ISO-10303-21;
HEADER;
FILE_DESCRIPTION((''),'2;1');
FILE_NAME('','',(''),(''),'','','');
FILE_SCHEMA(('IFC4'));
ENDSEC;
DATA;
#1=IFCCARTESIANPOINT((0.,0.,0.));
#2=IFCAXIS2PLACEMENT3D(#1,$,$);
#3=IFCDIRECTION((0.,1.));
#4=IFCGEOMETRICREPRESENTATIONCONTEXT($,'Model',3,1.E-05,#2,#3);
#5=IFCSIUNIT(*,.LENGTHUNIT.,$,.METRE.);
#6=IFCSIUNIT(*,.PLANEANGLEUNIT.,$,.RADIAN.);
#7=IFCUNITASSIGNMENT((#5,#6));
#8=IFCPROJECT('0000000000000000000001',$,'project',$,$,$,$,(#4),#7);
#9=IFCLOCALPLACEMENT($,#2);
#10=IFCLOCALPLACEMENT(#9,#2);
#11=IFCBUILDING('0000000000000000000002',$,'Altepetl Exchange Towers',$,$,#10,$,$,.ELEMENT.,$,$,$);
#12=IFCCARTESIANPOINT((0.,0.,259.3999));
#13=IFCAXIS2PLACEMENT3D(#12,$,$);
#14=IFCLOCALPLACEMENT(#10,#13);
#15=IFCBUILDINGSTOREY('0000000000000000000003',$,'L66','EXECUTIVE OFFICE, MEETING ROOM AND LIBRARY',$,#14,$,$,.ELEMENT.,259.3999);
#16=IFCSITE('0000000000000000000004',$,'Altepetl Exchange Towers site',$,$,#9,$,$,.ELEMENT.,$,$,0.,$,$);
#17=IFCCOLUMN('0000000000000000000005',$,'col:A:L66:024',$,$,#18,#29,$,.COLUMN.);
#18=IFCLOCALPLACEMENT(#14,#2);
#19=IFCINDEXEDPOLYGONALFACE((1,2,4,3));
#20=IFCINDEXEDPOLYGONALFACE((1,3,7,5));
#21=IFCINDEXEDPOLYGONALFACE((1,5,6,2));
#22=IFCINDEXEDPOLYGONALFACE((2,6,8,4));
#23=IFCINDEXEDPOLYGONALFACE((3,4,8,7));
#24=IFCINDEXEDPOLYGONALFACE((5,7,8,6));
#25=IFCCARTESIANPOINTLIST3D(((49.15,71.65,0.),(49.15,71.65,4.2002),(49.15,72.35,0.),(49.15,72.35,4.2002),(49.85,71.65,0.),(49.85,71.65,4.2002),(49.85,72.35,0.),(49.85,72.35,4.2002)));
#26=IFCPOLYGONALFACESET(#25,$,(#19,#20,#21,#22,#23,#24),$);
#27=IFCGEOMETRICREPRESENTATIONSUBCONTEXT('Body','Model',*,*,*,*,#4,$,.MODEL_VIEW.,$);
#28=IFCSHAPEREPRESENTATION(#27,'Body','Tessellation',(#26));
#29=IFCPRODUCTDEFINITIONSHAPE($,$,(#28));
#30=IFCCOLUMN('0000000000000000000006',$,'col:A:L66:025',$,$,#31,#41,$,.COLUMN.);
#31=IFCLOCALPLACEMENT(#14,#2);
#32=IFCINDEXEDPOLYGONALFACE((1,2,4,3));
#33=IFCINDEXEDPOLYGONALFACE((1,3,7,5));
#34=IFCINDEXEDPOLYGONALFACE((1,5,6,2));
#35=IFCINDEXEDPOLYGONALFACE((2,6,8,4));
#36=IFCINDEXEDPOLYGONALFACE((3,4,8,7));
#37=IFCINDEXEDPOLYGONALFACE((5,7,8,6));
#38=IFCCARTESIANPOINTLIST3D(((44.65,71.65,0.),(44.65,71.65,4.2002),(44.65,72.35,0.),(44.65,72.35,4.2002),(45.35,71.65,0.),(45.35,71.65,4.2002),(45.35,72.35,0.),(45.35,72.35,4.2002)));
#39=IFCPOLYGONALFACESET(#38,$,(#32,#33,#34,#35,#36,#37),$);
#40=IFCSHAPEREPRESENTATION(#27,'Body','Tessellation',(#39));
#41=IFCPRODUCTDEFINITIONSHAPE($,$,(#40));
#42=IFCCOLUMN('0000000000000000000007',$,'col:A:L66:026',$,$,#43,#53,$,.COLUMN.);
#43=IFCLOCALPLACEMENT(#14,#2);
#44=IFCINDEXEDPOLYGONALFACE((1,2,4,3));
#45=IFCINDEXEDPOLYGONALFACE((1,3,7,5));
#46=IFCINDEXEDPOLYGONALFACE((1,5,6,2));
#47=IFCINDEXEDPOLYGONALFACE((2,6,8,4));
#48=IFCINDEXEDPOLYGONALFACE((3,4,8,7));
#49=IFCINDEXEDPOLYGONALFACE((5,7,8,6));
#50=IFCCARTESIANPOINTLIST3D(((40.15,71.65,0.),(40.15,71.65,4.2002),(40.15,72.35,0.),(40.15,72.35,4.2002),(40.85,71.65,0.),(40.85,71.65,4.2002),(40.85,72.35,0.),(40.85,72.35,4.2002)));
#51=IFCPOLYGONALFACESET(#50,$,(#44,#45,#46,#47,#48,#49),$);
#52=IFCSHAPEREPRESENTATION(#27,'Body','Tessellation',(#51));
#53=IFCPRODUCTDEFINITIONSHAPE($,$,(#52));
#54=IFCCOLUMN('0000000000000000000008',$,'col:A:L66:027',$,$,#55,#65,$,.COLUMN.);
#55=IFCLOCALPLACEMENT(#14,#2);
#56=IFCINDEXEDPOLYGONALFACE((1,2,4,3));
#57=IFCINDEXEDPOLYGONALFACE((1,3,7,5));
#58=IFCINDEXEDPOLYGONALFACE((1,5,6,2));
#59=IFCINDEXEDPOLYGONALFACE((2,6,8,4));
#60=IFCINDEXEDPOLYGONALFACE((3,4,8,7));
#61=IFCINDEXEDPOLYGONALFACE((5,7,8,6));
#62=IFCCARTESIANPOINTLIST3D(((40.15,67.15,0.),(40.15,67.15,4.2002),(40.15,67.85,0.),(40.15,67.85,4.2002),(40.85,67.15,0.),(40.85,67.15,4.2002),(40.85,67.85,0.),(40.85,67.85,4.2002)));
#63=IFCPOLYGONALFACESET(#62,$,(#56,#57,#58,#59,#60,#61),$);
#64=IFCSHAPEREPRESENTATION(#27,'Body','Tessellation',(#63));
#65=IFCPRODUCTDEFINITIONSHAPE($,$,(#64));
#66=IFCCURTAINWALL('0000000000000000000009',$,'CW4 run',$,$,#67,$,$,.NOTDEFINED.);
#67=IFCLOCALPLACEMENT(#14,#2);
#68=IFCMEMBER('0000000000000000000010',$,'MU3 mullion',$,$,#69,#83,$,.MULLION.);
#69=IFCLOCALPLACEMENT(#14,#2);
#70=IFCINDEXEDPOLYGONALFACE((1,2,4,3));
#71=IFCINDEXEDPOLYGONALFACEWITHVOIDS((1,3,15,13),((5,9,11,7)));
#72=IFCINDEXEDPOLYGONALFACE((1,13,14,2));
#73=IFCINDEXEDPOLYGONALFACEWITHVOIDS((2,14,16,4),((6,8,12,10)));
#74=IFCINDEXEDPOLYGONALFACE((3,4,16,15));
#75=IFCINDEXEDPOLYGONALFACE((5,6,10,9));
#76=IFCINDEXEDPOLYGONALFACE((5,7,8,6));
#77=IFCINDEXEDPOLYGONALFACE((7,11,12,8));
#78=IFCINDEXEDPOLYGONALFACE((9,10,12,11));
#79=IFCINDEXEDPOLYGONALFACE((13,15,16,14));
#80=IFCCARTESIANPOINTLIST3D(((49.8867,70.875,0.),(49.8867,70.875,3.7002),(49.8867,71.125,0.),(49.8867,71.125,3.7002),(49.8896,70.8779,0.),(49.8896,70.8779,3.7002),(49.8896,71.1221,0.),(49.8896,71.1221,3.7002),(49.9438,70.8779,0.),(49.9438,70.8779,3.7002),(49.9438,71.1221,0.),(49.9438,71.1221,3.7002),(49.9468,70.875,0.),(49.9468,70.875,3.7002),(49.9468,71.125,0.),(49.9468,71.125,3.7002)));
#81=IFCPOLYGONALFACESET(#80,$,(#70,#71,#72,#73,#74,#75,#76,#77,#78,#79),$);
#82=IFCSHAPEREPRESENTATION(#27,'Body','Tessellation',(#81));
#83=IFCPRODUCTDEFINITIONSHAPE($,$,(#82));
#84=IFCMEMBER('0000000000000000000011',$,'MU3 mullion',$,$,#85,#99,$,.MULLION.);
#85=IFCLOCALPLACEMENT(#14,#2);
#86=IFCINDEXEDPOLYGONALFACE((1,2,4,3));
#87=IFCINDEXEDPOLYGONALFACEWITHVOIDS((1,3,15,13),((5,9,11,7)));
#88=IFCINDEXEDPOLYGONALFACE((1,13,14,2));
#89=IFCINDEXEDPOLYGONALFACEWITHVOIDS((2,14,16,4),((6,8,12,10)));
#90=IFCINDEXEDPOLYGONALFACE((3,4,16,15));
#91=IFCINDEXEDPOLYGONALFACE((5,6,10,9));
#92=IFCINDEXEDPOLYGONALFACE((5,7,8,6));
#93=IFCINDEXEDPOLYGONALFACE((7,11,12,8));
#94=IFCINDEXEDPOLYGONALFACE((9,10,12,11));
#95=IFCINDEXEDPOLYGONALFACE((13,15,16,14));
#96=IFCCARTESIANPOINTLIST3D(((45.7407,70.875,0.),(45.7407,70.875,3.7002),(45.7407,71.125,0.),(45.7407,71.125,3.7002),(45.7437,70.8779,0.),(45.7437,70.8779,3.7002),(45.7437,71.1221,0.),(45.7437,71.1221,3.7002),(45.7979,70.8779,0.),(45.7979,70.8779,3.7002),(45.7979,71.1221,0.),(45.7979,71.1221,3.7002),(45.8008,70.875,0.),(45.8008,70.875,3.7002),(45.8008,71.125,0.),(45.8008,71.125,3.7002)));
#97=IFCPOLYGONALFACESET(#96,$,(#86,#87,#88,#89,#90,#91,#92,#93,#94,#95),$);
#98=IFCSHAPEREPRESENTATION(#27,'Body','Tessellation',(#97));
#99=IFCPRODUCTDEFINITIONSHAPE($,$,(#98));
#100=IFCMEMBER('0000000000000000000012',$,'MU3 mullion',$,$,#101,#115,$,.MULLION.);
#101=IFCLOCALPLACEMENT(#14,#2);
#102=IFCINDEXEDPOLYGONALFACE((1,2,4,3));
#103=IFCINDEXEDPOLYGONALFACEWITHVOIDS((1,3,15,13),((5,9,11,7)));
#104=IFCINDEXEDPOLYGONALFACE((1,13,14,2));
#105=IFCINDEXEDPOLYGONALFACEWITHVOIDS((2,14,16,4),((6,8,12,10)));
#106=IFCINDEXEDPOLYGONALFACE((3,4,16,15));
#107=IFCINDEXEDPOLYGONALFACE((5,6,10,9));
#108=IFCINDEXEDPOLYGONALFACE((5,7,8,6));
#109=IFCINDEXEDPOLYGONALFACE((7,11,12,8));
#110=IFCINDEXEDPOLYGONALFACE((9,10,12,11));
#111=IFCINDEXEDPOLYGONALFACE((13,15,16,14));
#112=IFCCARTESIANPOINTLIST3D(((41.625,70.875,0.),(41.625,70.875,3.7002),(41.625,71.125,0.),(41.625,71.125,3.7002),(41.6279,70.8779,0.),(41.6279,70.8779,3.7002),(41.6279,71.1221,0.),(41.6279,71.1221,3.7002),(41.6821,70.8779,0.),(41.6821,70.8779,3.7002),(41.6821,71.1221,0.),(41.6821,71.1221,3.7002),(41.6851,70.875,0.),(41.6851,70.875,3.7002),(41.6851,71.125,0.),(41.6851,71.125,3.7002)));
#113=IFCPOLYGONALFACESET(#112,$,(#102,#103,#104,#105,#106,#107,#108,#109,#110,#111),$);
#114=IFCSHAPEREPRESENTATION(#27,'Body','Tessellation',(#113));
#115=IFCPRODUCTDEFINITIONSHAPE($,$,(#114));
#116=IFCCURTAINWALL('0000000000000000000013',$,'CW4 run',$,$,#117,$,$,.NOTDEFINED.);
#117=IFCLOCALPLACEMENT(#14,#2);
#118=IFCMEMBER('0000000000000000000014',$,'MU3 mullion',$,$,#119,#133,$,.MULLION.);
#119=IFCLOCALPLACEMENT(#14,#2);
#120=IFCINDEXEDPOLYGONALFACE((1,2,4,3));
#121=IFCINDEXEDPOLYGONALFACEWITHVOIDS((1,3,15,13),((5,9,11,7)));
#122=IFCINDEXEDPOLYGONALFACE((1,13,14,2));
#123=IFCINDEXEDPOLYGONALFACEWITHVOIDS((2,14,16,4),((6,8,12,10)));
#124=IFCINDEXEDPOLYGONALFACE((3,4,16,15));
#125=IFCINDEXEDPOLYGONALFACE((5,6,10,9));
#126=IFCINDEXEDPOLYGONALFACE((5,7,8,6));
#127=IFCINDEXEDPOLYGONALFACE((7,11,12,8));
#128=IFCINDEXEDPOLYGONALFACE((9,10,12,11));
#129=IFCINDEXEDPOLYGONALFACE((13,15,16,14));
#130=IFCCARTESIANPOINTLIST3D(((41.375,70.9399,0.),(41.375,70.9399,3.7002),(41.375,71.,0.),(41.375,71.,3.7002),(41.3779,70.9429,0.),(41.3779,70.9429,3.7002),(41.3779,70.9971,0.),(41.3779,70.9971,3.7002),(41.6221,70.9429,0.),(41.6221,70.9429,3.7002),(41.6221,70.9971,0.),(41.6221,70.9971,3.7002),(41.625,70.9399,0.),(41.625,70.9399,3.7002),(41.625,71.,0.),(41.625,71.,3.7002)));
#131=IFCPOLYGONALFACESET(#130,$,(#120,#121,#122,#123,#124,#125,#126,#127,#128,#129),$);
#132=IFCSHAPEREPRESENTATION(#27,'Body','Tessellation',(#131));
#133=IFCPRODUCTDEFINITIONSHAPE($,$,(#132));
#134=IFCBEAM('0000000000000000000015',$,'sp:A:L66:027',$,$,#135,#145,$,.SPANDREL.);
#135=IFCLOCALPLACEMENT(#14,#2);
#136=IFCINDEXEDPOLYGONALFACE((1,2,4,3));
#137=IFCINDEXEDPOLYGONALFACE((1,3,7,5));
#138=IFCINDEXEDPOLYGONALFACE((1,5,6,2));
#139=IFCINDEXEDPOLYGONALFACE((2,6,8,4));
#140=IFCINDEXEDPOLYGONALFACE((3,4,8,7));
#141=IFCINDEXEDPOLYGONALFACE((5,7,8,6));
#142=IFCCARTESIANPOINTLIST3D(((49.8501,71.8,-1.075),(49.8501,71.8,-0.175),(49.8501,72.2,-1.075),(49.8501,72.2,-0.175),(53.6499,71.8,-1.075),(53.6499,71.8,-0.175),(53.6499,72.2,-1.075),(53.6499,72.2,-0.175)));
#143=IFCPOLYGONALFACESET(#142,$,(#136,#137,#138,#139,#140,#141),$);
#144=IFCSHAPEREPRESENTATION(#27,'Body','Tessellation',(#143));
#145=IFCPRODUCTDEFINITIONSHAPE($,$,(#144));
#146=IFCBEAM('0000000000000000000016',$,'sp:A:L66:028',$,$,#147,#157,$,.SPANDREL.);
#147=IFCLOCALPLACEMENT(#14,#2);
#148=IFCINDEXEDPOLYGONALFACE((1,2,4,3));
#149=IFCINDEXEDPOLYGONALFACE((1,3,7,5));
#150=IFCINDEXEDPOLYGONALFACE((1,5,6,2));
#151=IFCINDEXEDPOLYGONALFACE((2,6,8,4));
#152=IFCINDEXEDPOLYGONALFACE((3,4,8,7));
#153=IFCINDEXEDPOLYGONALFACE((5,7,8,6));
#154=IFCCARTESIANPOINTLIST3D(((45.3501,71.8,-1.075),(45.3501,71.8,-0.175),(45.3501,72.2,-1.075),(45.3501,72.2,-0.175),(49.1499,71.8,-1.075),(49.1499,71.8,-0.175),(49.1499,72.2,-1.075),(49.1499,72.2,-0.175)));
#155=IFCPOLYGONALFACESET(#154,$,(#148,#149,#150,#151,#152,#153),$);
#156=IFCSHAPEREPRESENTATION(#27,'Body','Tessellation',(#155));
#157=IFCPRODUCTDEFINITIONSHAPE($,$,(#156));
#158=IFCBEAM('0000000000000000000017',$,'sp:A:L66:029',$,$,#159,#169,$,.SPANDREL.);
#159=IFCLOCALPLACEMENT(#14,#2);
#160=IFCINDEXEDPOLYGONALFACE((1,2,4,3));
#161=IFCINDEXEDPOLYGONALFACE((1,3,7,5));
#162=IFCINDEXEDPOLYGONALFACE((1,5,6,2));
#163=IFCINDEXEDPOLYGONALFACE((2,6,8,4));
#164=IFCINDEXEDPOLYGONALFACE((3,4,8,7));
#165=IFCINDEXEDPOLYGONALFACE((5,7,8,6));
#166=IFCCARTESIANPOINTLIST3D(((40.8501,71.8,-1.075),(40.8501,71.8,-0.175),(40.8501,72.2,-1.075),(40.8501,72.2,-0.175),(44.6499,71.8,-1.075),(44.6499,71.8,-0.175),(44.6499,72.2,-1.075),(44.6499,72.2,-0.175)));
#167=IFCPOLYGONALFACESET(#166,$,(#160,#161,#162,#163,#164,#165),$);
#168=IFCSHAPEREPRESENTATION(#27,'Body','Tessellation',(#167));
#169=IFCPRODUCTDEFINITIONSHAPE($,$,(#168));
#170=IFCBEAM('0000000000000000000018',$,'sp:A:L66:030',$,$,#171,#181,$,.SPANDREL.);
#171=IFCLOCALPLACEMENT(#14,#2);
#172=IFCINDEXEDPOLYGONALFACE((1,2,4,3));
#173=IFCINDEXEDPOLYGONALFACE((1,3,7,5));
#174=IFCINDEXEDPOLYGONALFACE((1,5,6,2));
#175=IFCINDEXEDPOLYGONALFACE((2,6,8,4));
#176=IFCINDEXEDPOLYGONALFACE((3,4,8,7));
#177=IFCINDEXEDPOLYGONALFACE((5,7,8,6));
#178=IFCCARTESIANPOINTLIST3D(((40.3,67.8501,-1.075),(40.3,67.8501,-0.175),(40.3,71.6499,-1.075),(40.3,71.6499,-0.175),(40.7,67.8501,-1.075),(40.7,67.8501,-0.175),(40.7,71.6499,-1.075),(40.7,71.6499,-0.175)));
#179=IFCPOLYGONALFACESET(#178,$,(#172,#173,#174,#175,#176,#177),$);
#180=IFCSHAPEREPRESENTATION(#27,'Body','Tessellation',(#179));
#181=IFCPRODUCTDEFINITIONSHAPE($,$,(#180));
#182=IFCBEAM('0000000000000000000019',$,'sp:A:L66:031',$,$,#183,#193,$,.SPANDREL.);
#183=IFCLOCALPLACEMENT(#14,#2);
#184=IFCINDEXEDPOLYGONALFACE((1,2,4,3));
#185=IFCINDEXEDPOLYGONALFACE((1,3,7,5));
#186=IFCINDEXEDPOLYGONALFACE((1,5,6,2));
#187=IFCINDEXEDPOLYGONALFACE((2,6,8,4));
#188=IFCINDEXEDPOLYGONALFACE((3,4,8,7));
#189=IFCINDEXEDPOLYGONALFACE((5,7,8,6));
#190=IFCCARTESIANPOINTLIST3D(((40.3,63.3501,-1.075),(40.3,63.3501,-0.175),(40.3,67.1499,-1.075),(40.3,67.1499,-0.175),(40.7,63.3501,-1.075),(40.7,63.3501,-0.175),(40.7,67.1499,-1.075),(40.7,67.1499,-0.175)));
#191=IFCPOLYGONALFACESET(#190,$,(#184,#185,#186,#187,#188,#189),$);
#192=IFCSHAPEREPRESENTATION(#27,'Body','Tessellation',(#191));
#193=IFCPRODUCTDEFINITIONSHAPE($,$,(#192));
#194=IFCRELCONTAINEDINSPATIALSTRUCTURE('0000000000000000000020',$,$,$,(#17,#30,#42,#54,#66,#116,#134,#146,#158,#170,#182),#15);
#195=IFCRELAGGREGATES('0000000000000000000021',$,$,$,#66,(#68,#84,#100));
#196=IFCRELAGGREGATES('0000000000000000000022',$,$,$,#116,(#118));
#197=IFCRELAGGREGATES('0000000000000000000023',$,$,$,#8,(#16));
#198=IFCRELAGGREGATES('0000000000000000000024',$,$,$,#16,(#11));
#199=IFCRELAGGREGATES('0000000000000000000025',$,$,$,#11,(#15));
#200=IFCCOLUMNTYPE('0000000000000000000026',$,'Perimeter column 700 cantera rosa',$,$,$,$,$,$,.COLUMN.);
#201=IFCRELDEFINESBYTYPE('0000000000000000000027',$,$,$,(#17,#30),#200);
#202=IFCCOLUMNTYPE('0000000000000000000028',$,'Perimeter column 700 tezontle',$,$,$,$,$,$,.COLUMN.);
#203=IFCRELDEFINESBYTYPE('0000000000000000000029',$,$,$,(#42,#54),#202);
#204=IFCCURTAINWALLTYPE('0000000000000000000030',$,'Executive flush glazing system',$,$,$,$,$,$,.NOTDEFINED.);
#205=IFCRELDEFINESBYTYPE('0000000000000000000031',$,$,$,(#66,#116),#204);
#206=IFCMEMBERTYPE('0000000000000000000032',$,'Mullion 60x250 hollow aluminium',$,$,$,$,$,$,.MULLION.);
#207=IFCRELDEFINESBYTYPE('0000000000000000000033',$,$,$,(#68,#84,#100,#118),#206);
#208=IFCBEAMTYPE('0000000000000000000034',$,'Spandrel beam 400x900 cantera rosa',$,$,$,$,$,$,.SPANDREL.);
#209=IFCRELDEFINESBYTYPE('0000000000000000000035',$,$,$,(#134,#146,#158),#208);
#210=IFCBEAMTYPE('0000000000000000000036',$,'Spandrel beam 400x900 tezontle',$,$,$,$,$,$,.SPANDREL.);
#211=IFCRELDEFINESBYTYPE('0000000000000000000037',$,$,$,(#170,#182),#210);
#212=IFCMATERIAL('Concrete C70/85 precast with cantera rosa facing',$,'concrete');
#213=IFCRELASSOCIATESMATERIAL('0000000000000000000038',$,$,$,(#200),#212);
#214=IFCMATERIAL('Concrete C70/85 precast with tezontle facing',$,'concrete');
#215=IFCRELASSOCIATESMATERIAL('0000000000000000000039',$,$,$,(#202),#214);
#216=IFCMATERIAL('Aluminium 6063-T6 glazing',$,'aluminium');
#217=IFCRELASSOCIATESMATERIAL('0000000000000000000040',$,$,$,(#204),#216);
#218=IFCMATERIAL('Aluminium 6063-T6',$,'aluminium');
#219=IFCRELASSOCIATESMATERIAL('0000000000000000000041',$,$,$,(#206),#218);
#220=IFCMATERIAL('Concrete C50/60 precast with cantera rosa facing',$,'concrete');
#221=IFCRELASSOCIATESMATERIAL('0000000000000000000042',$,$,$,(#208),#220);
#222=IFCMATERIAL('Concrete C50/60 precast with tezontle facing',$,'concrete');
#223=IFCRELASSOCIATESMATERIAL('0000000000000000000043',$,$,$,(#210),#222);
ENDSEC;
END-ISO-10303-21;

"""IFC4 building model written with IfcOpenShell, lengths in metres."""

from ifc_helpers import new_model, si_unit, direction, frame, origin, origin_2d, place, context, subcontext, project, spatial, rectangle, hollow_rectangle, extrude, material, material_profile, profile_set, type_object, element, aggregate, save


model = new_model("IFC4")

# Units and contexts
model_context = context("Model", 3, precision=1e-05, world=origin(), true_north=direction((0.0, 1.0)))
body_context = subcontext(model_context, "Body", "Model", "MODEL_VIEW")
ifc_project = project(units=[si_unit("LENGTHUNIT", "METRE"), si_unit("PLANEANGLEUNIT", "RADIAN")], contexts=[model_context])

# Site, building, storey
site_placement = place(None, origin())
site = spatial("IfcSite", under=ifc_project, at=site_placement, Name="Altepetl Exchange Towers site", CompositionType="ELEMENT", RefElevation=0.0)
building_placement = place(site_placement, origin())
building = spatial("IfcBuilding", under=site, at=building_placement, Name="Altepetl Exchange Towers", CompositionType="ELEMENT")
storey_placement = place(building_placement, frame((0.0, 0.0, 259.3999)))
storey = spatial("IfcBuildingStorey", under=building, at=storey_placement, Name="L66", Description="EXECUTIVE OFFICE, MEETING ROOM AND LIBRARY", CompositionType="ELEMENT", Elevation=259.3999)

# Columns
ifc_material_1 = material(Name="Concrete C70/85 precast with cantera rosa facing", Category="concrete")
ifc_material_profile_1 = material_profile(ifc_material_1, rectangle(XDim=0.7, YDim=0.7, at=origin_2d()), Name="700 x 700")
ifc_profile_set_1 = profile_set([ifc_material_profile_1], Name="Concrete C70/85 precast with cantera rosa facing")
column_type_1 = type_object("IfcColumnType", Name="Perimeter column 700 cantera rosa", PredefinedType="COLUMN", material=ifc_profile_set_1)
for number, where, name in (
    (1, (49.5, 72.0, 0.0), "col:A:L66:024"),
    (2, (45.0, 72.0, 0.0), "col:A:L66:025"),
):
    element("IfcColumn", number, at=place(storey_placement, frame(where)), inside=storey, type_object=column_type_1, Name=name, PredefinedType="COLUMN", context=body_context, shape_type="SweptSolid", body=[
        extrude(rectangle(XDim=0.7, YDim=0.7, at=origin_2d()), origin(), (0.0, 0.0, 1.0), 4.2002),
    ])
ifc_material_2 = material(Name="Concrete C70/85 precast with tezontle facing", Category="concrete")
ifc_material_profile_2 = material_profile(ifc_material_2, rectangle(XDim=0.7, YDim=0.7, at=origin_2d()), Name="700 x 700")
ifc_profile_set_2 = profile_set([ifc_material_profile_2], Name="Concrete C70/85 precast with tezontle facing")
column_type_2 = type_object("IfcColumnType", Name="Perimeter column 700 tezontle", PredefinedType="COLUMN", material=ifc_profile_set_2)
for number, where, name in (
    (3, (40.5, 72.0, 0.0), "col:A:L66:026"),
    (4, (40.5, 67.5, 0.0), "col:A:L66:027"),
):
    element("IfcColumn", number, at=place(storey_placement, frame(where)), inside=storey, type_object=column_type_2, Name=name, PredefinedType="COLUMN", context=body_context, shape_type="SweptSolid", body=[
        extrude(rectangle(XDim=0.7, YDim=0.7, at=origin_2d()), origin(), (0.0, 0.0, 1.0), 4.2002),
    ])

# Curtain wall, members
ifc_material_3 = material(Name="Aluminium 6063-T6 glazing", Category="aluminium")
curtain_wall_type = type_object("IfcCurtainWallType", Name="Executive flush glazing system", PredefinedType="NOTDEFINED", material=ifc_material_3)
curtain_wall_1_placement = place(storey_placement, origin())
curtain_wall_1 = element("IfcCurtainWall", 5, at=curtain_wall_1_placement, inside=storey, type_object=curtain_wall_type, Name="CW4 run", PredefinedType="NOTDEFINED")
ifc_material_4 = material(Name="Aluminium 6063-T6", Category="aluminium")
ifc_material_profile_3 = material_profile(ifc_material_4, hollow_rectangle(XDim=0.0601, YDim=0.25, WallThickness=0.0029, at=origin_2d()), Name="Mullion 60x250 hollow aluminium")
ifc_profile_set_3 = profile_set([ifc_material_profile_3], Name="Aluminium 6063-T6")
member_type_1 = type_object("IfcMemberType", Name="Mullion 60x250 hollow aluminium", PredefinedType="MULLION", material=ifc_profile_set_3)
member_1_placement = place(storey_placement, frame((49.9167, 71.0, 0.0), z_axis=(0.0, 0.0, 1.0), x_axis=(-1.0, 0.0, 0.0)))
member_1 = element("IfcMember", 6, at=member_1_placement, type_object=member_type_1, Name="MU3 mullion", PredefinedType="MULLION", context=body_context, shape_type="SweptSolid", body=[
    extrude(hollow_rectangle(XDim=0.0601, YDim=0.25, WallThickness=0.0029, at=origin_2d()), origin(), (0.0, 0.0, 1.0), 3.7002),
])
member_2_placement = place(storey_placement, frame((45.7708, 71.0, 0.0), z_axis=(0.0, 0.0, 1.0), x_axis=(-1.0, 0.0, 0.0)))
member_2 = element("IfcMember", 7, at=member_2_placement, type_object=member_type_1, Name="MU3 mullion", PredefinedType="MULLION", context=body_context, shape_type="SweptSolid", body=[
    extrude(hollow_rectangle(XDim=0.0601, YDim=0.25, WallThickness=0.0029, at=origin_2d()), origin(), (0.0, 0.0, 1.0), 3.7002),
])
member_3_placement = place(storey_placement, frame((41.655, 71.0, 0.0), z_axis=(0.0, 0.0, 1.0), x_axis=(-1.0, 0.0, 0.0)))
member_3 = element("IfcMember", 8, at=member_3_placement, type_object=member_type_1, Name="MU3 mullion", PredefinedType="MULLION", context=body_context, shape_type="SweptSolid", body=[
    extrude(hollow_rectangle(XDim=0.0601, YDim=0.25, WallThickness=0.0029, at=origin_2d()), origin(), (0.0, 0.0, 1.0), 3.7002),
])

# Curtain wall, member
curtain_wall_2_placement = place(storey_placement, origin())
curtain_wall_2 = element("IfcCurtainWall", 9, at=curtain_wall_2_placement, inside=storey, type_object=curtain_wall_type, Name="CW4 run", PredefinedType="NOTDEFINED")
member_4_placement = place(storey_placement, frame((41.5, 70.97, 0.0), z_axis=(0.0, 0.0, 1.0), x_axis=(0.0, -1.0, 0.0)))
member_4 = element("IfcMember", 10, at=member_4_placement, type_object=member_type_1, Name="MU3 mullion", PredefinedType="MULLION", context=body_context, shape_type="SweptSolid", body=[
    extrude(hollow_rectangle(XDim=0.0601, YDim=0.25, WallThickness=0.0029, at=origin_2d()), origin(), (0.0, 0.0, 1.0), 3.7002),
])

# Beams
ifc_material_5 = material(Name="Concrete C50/60 precast with cantera rosa facing", Category="concrete")
ifc_material_profile_4 = material_profile(ifc_material_5, rectangle(XDim=0.3999, YDim=0.8999, at=origin_2d()), Name="400 x 900")
ifc_profile_set_4 = profile_set([ifc_material_profile_4], Name="Concrete C50/60 precast with cantera rosa facing")
beam_type_1 = type_object("IfcBeamType", Name="Spandrel beam 400x900 cantera rosa", PredefinedType="SPANDREL", material=ifc_profile_set_4)
for number, where, z_axis, x_axis, name in (
    (11, (53.6499, 72.0, -0.625), (-1.0, 0.0, 0.0), (0.0, -1.0, 0.0), "sp:A:L66:027"),
    (12, (49.1499, 72.0, -0.625), (-1.0, 0.0, 0.0), (0.0, -1.0, 0.0), "sp:A:L66:028"),
    (13, (44.6499, 72.0, -0.625), (-1.0, 0.0, 0.0), (0.0, -1.0, 0.0), "sp:A:L66:029"),
):
    element("IfcBeam", number, at=place(storey_placement, frame(where, z_axis=z_axis, x_axis=x_axis)), inside=storey, type_object=beam_type_1, Name=name, PredefinedType="SPANDREL", context=body_context, shape_type="SweptSolid", body=[
        extrude(rectangle(XDim=0.3999, YDim=0.8999, at=origin_2d()), origin(), (0.0, 0.0, 1.0), 3.7998),
    ])
ifc_material_6 = material(Name="Concrete C50/60 precast with tezontle facing", Category="concrete")
ifc_material_profile_5 = material_profile(ifc_material_6, rectangle(XDim=0.3999, YDim=0.8999, at=origin_2d()), Name="400 x 900")
ifc_profile_set_5 = profile_set([ifc_material_profile_5], Name="Concrete C50/60 precast with tezontle facing")
beam_type_2 = type_object("IfcBeamType", Name="Spandrel beam 400x900 tezontle", PredefinedType="SPANDREL", material=ifc_profile_set_5)
for number, where, z_axis, x_axis, name in (
    (14, (40.5, 71.6499, -0.625), (0.0, -1.0, 0.0), (1.0, 0.0, 0.0), "sp:A:L66:030"),
    (15, (40.5, 67.1499, -0.625), (0.0, -1.0, 0.0), (1.0, 0.0, 0.0), "sp:A:L66:031"),
):
    element("IfcBeam", number, at=place(storey_placement, frame(where, z_axis=z_axis, x_axis=x_axis)), inside=storey, type_object=beam_type_2, Name=name, PredefinedType="SPANDREL", context=body_context, shape_type="SweptSolid", body=[
        extrude(rectangle(XDim=0.3999, YDim=0.8999, at=origin_2d()), origin(), (0.0, 0.0, 1.0), 3.7998),
    ])

aggregate(curtain_wall_1, [member_1, member_2, member_3])
aggregate(curtain_wall_2, [member_4])

save(model, "model.ifc")
